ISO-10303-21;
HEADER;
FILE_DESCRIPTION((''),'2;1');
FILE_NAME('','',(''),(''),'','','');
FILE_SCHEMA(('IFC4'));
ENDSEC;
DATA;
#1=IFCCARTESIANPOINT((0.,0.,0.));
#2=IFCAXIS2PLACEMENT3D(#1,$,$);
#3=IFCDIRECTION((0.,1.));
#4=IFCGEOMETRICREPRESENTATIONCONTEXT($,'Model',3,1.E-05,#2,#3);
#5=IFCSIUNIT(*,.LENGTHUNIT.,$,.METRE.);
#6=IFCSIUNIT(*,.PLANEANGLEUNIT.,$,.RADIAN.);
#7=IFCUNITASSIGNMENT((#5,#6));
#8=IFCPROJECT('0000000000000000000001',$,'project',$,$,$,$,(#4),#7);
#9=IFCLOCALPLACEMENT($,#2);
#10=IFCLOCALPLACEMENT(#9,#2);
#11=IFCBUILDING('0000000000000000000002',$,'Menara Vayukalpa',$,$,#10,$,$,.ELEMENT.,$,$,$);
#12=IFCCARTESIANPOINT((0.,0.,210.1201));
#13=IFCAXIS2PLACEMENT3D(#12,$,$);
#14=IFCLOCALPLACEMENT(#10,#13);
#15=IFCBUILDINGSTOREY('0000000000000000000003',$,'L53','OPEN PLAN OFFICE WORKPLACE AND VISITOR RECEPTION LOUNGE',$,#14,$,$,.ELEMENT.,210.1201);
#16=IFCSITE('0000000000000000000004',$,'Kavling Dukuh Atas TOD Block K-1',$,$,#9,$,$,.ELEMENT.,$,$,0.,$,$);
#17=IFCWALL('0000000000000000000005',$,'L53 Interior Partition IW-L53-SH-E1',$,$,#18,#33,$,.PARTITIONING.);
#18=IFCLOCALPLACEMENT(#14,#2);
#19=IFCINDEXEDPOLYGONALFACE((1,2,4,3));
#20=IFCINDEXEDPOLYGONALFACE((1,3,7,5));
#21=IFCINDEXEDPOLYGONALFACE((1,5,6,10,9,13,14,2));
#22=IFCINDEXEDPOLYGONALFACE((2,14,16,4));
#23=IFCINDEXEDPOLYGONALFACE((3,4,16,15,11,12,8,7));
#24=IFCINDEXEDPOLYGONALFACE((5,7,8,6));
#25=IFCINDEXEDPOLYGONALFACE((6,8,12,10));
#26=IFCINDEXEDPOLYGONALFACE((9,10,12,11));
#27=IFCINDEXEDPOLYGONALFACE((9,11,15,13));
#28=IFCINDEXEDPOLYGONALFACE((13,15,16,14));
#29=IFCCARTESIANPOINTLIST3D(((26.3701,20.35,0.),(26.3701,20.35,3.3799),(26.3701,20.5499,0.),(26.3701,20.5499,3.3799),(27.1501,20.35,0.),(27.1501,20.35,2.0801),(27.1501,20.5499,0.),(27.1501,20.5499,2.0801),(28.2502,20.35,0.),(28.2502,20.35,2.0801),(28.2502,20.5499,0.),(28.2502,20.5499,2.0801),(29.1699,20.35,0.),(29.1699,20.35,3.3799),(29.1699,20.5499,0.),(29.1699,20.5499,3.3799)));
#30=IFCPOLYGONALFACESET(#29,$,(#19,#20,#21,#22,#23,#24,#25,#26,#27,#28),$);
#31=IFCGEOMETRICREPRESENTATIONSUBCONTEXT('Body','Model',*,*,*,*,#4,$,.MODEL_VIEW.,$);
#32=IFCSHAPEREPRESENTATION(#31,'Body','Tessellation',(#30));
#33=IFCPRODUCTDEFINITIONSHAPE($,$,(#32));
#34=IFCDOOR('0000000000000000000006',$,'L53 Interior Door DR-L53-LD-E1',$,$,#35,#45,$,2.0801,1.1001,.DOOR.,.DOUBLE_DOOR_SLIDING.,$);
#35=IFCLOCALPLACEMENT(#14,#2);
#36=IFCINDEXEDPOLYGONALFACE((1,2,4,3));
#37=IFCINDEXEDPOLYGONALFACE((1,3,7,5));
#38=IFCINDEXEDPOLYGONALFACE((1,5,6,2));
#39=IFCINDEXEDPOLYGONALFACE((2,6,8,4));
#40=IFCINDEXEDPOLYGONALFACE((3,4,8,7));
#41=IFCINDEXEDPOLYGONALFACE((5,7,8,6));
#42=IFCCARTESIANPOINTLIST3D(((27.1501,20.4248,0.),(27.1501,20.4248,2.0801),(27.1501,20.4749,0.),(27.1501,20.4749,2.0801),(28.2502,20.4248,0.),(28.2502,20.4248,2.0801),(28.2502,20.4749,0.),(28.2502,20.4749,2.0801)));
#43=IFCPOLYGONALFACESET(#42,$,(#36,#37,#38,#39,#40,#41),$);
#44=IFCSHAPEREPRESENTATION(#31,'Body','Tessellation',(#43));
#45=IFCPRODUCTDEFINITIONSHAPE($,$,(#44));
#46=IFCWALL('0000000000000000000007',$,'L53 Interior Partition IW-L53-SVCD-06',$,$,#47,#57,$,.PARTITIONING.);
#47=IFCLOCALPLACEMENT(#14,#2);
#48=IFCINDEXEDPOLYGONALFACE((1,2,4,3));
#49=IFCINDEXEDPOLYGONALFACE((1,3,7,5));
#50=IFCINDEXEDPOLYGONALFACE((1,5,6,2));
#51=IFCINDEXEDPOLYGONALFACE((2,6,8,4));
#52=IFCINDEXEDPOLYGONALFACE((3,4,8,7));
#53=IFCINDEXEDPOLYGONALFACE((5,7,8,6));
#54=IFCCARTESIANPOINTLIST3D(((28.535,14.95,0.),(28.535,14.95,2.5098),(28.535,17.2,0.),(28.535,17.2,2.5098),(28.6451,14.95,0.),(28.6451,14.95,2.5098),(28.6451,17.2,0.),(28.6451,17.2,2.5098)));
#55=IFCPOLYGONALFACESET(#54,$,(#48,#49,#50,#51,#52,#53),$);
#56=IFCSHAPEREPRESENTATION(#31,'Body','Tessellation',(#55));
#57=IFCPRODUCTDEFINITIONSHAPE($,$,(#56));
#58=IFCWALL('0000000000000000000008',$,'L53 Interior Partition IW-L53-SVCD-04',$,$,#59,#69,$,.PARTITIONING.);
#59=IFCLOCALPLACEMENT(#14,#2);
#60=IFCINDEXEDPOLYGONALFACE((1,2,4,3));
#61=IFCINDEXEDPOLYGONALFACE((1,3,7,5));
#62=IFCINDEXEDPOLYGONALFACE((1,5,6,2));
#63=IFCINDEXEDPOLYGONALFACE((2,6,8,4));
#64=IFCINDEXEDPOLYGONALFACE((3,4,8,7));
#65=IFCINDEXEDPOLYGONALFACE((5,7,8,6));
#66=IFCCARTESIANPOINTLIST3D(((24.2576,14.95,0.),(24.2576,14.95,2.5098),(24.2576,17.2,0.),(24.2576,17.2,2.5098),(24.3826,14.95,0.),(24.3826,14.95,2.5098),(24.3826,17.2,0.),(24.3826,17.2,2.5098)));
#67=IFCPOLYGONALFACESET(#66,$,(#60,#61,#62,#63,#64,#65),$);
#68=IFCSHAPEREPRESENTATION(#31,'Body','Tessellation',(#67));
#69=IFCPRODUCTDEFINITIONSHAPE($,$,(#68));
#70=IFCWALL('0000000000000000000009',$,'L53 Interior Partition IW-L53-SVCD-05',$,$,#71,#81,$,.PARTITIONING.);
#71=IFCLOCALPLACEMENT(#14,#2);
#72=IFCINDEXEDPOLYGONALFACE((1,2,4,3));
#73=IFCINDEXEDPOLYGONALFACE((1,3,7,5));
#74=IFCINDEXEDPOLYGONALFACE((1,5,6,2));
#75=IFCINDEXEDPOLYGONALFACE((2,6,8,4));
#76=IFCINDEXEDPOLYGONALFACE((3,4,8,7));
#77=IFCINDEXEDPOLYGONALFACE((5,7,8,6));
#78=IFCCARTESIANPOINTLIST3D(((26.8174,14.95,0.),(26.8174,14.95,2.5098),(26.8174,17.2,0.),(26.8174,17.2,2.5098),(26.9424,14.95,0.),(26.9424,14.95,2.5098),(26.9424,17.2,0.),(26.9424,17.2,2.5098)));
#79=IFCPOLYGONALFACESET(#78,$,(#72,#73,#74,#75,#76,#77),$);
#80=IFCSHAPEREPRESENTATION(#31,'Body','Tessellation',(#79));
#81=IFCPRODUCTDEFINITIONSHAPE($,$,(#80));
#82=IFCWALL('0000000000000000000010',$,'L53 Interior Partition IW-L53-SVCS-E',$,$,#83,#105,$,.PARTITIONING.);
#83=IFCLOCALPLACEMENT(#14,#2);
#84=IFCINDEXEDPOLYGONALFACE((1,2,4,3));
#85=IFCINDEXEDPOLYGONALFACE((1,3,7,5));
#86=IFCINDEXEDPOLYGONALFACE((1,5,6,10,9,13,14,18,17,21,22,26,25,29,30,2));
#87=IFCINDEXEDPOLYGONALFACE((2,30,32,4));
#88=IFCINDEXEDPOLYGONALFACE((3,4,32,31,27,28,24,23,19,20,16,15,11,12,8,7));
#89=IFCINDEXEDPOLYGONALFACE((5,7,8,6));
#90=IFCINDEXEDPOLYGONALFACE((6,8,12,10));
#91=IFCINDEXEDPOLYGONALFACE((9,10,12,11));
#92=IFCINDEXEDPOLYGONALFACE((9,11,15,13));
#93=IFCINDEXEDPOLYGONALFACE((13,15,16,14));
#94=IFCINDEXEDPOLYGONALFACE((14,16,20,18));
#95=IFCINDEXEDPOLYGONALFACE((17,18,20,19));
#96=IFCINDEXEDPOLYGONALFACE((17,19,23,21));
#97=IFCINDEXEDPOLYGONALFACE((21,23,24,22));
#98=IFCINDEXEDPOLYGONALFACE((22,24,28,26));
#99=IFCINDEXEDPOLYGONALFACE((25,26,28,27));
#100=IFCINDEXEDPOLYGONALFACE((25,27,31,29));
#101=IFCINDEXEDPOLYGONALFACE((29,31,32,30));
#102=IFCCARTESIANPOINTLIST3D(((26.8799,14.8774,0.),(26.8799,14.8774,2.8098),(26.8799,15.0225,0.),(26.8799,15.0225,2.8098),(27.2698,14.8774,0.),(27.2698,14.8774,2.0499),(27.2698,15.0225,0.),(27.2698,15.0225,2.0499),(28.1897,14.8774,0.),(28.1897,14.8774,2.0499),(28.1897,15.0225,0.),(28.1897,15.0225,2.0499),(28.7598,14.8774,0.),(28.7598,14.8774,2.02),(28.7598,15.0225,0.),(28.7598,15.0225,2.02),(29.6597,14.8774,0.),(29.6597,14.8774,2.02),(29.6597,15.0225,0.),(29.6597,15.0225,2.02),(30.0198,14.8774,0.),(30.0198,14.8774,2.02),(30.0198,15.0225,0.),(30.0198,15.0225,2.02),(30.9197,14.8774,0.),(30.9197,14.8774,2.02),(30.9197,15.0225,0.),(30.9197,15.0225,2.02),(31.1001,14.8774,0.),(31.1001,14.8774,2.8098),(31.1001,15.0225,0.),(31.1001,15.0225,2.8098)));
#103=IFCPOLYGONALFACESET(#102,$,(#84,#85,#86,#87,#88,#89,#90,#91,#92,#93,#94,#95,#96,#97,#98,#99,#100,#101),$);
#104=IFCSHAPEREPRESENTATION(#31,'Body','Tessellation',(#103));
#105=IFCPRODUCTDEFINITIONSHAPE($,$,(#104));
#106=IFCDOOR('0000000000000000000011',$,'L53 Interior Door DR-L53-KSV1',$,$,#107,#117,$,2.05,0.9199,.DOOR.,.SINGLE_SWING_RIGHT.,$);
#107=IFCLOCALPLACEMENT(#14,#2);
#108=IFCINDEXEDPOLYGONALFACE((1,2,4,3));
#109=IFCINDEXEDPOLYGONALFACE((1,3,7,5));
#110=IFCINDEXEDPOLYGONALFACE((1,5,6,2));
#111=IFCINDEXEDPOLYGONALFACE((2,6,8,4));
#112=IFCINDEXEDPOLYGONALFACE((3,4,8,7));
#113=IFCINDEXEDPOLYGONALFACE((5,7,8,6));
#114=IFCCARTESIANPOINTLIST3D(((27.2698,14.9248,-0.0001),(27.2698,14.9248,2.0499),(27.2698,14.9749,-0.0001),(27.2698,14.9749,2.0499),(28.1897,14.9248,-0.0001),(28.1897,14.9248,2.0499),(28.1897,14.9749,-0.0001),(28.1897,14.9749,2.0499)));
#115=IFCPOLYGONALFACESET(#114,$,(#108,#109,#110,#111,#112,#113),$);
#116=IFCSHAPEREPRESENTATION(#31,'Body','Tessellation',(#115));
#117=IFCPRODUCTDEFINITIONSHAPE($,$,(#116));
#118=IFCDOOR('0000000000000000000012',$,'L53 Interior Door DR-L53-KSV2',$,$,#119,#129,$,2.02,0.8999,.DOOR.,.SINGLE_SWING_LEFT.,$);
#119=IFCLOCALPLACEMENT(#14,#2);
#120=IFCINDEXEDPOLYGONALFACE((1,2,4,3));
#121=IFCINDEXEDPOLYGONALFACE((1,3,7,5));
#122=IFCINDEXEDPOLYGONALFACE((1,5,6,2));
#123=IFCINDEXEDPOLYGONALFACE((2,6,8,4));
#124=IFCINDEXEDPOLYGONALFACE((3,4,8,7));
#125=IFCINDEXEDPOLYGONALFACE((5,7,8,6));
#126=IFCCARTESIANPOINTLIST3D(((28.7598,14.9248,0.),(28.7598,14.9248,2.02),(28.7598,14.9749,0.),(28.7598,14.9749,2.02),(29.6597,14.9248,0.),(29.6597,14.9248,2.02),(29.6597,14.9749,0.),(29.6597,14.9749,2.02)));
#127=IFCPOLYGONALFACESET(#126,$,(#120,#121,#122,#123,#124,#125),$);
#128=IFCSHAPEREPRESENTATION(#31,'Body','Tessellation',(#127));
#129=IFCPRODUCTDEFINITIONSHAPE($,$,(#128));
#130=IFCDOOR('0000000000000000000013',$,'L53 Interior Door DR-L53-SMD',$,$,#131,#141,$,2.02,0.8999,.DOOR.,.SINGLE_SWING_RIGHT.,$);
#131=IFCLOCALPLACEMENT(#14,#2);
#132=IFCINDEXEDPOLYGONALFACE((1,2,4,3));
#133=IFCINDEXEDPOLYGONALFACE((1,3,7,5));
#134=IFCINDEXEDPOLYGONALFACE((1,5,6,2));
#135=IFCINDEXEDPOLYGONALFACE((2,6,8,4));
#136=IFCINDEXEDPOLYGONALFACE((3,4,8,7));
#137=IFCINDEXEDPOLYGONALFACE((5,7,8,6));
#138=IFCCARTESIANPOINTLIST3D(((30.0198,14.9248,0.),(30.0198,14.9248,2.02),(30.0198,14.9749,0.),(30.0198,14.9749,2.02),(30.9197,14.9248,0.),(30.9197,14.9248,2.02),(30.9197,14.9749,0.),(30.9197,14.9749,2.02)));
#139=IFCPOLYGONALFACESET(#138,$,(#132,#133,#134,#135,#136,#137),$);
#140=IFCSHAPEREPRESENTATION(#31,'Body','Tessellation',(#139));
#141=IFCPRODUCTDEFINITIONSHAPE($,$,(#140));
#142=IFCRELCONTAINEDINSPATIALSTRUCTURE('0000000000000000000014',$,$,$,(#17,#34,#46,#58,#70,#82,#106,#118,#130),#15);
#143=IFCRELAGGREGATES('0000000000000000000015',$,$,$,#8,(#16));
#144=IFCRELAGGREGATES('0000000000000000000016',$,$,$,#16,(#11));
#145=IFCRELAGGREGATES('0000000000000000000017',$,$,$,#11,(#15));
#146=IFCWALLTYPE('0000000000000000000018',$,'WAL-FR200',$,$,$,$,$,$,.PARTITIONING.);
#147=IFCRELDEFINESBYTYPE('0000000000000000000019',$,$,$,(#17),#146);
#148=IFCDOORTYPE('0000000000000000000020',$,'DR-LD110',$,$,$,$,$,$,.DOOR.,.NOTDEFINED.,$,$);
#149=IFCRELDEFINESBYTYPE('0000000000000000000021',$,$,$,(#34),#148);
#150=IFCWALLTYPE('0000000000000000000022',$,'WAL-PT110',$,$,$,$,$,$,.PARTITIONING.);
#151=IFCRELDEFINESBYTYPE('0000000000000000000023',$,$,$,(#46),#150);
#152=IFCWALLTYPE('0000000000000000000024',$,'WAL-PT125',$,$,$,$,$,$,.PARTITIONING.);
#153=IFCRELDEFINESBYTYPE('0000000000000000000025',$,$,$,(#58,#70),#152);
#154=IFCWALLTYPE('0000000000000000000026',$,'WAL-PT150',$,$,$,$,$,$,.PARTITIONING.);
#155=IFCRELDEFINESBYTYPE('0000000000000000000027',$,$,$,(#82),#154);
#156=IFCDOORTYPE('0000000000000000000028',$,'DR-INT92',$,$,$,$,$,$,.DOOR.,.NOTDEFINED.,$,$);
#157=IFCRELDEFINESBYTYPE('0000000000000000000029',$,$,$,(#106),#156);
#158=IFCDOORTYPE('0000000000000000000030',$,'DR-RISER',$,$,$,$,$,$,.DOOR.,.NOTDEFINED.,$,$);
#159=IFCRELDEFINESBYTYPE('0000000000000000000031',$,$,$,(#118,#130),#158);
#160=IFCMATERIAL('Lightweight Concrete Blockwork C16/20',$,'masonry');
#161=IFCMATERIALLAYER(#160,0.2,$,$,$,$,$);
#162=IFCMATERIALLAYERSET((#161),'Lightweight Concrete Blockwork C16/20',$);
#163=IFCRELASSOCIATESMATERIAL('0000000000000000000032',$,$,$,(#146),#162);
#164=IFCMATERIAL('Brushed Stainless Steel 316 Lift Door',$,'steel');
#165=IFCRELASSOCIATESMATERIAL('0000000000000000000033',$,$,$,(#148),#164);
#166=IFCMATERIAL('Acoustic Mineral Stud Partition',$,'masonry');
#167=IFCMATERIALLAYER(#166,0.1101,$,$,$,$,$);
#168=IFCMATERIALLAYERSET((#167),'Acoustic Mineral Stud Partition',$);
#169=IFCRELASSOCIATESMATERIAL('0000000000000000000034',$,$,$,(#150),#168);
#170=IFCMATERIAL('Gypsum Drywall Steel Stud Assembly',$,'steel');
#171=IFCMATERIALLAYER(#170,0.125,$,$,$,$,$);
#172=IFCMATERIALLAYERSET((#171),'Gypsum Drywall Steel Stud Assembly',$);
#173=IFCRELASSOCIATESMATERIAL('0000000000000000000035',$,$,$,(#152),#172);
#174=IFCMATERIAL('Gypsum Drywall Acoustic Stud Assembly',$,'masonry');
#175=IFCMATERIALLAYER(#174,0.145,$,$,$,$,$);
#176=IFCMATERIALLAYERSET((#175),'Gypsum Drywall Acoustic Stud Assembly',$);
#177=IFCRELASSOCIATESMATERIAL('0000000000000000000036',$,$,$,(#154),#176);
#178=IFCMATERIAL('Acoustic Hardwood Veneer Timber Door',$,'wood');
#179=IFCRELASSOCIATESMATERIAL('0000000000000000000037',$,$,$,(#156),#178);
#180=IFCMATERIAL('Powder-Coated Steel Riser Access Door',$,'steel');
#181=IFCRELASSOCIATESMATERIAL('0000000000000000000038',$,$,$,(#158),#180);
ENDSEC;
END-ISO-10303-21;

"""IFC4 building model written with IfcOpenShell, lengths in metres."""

from ifc_helpers import new_model, si_unit, direction, frame, frame_2d, origin, place, context, subcontext, project, spatial, rectangle, extrude, material, layer, layer_set, type_object, element, fill, save


model = new_model("IFC4")

# Units and contexts
model_context = context("Model", 3, precision=1e-05, world=origin(), true_north=direction((0.0, 1.0)))
body_context = subcontext(model_context, "Body", "Model", "MODEL_VIEW")
ifc_project = project(units=[si_unit("LENGTHUNIT", "METRE"), si_unit("PLANEANGLEUNIT", "RADIAN")], contexts=[model_context])

# Site, building, storey
site_placement = place(None, origin())
site = spatial("IfcSite", under=ifc_project, at=site_placement, Name="Kavling Dukuh Atas TOD Block K-1", CompositionType="ELEMENT", RefElevation=0.0)
building_placement = place(site_placement, origin())
building = spatial("IfcBuilding", under=site, at=building_placement, Name="Menara Vayukalpa", CompositionType="ELEMENT")
storey_placement = place(building_placement, frame((0.0, 0.0, 210.1201)))
storey = spatial("IfcBuildingStorey", under=building, at=storey_placement, Name="L53", Description="OPEN PLAN OFFICE WORKPLACE AND VISITOR RECEPTION LOUNGE", CompositionType="ELEMENT", Elevation=210.1201)

# Wall, opening, door
ifc_material_1 = material(Name="Lightweight Concrete Blockwork C16/20", Category="masonry")
ifc_layer_1 = layer(ifc_material_1, 0.2)
ifc_layer_set_1 = layer_set([ifc_layer_1], Name="Lightweight Concrete Blockwork C16/20")
wall_type_1 = type_object("IfcWallType", Name="WAL-FR200", PredefinedType="PARTITIONING", material=ifc_layer_set_1)
wall_1_placement = place(storey_placement, frame((26.3701, 20.45, 0.0), z_axis=(0.0, 0.0, 1.0), x_axis=(1.0, 0.0, 0.0)))
wall_1 = element("IfcWall", 1, at=wall_1_placement, inside=storey, type_object=wall_type_1, Name="L53 Interior Partition IW-L53-SH-E1", PredefinedType="PARTITIONING", context=body_context, shape_type="SweptSolid", body=[
    extrude(rectangle(XDim=2.7998, YDim=0.2, at=frame_2d((1.3999, 0.0))), origin(), (0.0, 0.0, 1.0), 3.3799),
])
opening_1_placement = place(wall_1_placement, frame((0.78, 0.0, 0.0)))
opening_1 = element("IfcOpeningElement", 2, at=opening_1_placement, cuts=wall_1, PredefinedType="OPENING", context=body_context, shape_type="SweptSolid", body=[
    extrude(rectangle(XDim=1.1001, YDim=2.0801, at=frame_2d((0.55, 1.04))), frame((0.0, 0.1099, 0.0), z_axis=(0.0, -1.0, 0.0), x_axis=(1.0, 0.0, 0.0)), (0.0, 0.0, 1.0), 0.22),
])
ifc_material_2 = material(Name="Brushed Stainless Steel 316 Lift Door", Category="steel")
door_type_1 = type_object("IfcDoorType", Name="DR-LD110", OperationType="NOTDEFINED", PredefinedType="DOOR", material=ifc_material_2)
door_1_placement = place(opening_1_placement, origin())
door_1 = element("IfcDoor", 3, at=door_1_placement, inside=storey, type_object=door_type_1, Name="L53 Interior Door DR-L53-LD-E1", OperationType="DOUBLE_DOOR_SLIDING", OverallHeight=2.0801, OverallWidth=1.1001, PredefinedType="DOOR", context=body_context, shape_type="SweptSolid", body=[
    extrude(rectangle(XDim=1.1001, YDim=2.0801, at=frame_2d((0.55, 1.04))), frame((0.0, 0.0249, 0.0), z_axis=(0.0, -1.0, 0.0), x_axis=(1.0, 0.0, 0.0)), (0.0, 0.0, 1.0), 0.05),
])
fill(opening_1, door_1)

# Walls
ifc_material_3 = material(Name="Acoustic Mineral Stud Partition", Category="masonry")
ifc_layer_2 = layer(ifc_material_3, 0.1101)
ifc_layer_set_2 = layer_set([ifc_layer_2], Name="Acoustic Mineral Stud Partition")
wall_type_2 = type_object("IfcWallType", Name="WAL-PT110", PredefinedType="PARTITIONING", material=ifc_layer_set_2)
wall_2_placement = place(storey_placement, frame((28.5901, 14.95, 0.0), z_axis=(0.0, 0.0, 1.0), x_axis=(0.0, 1.0, 0.0)))
element("IfcWall", 4, at=wall_2_placement, inside=storey, type_object=wall_type_2, Name="L53 Interior Partition IW-L53-SVCD-06", PredefinedType="PARTITIONING", context=body_context, shape_type="SweptSolid", body=[
    extrude(rectangle(XDim=2.25, YDim=0.1101, at=frame_2d((1.125, 0.0))), origin(), (0.0, 0.0, 1.0), 2.5098),
])
ifc_material_4 = material(Name="Gypsum Drywall Steel Stud Assembly", Category="steel")
ifc_layer_3 = layer(ifc_material_4, 0.125)
ifc_layer_set_3 = layer_set([ifc_layer_3], Name="Gypsum Drywall Steel Stud Assembly")
wall_type_3 = type_object("IfcWallType", Name="WAL-PT125", PredefinedType="PARTITIONING", material=ifc_layer_set_3)
for number, where, z_axis, x_axis, name in (
    (5, (24.3201, 14.95, 0.0), (0.0, 0.0, 1.0), (0.0, 1.0, 0.0), "L53 Interior Partition IW-L53-SVCD-04"),
    (6, (26.8799, 14.95, 0.0), (0.0, 0.0, 1.0), (0.0, 1.0, 0.0), "L53 Interior Partition IW-L53-SVCD-05"),
):
    element("IfcWall", number, at=place(storey_placement, frame(where, z_axis=z_axis, x_axis=x_axis)), inside=storey, type_object=wall_type_3, Name=name, PredefinedType="PARTITIONING", context=body_context, shape_type="SweptSolid", body=[
        extrude(rectangle(XDim=2.25, YDim=0.125, at=frame_2d((1.125, 0.0))), origin(), (0.0, 0.0, 1.0), 2.5098),
    ])

# Wall, openings, doors
ifc_material_5 = material(Name="Gypsum Drywall Acoustic Stud Assembly", Category="masonry")
ifc_layer_4 = layer(ifc_material_5, 0.145)
ifc_layer_set_4 = layer_set([ifc_layer_4], Name="Gypsum Drywall Acoustic Stud Assembly")
wall_type_4 = type_object("IfcWallType", Name="WAL-PT150", PredefinedType="PARTITIONING", material=ifc_layer_set_4)
wall_3_placement = place(storey_placement, frame((26.8799, 14.95, 0.0), z_axis=(0.0, 0.0, 1.0), x_axis=(1.0, 0.0, 0.0)))
wall_3 = element("IfcWall", 7, at=wall_3_placement, inside=storey, type_object=wall_type_4, Name="L53 Interior Partition IW-L53-SVCS-E", PredefinedType="PARTITIONING", context=body_context, shape_type="SweptSolid", body=[
    extrude(rectangle(XDim=4.2202, YDim=0.145, at=frame_2d((2.1101, 0.0))), origin(), (0.0, 0.0, 1.0), 2.8098),
])
opening_2_placement = place(wall_3_placement, frame((0.3899, 0.0, 0.0)))
opening_2 = element("IfcOpeningElement", 8, at=opening_2_placement, cuts=wall_3, PredefinedType="OPENING", context=body_context, shape_type="SweptSolid", body=[
    extrude(rectangle(XDim=0.9199, YDim=2.05, at=frame_2d((0.46, 1.0249))), frame((0.0, 0.0825, 0.0), z_axis=(0.0, -1.0, 0.0), x_axis=(1.0, 0.0, 0.0)), (0.0, 0.0, 1.0), 0.165),
])
opening_3_placement = place(wall_3_placement, frame((1.8799, 0.0, 0.0)))
opening_3 = element("IfcOpeningElement", 9, at=opening_3_placement, cuts=wall_3, PredefinedType="OPENING", context=body_context, shape_type="SweptSolid", body=[
    extrude(rectangle(XDim=0.8999, YDim=2.02, at=frame_2d((0.45, 1.01))), frame((0.0, 0.0825, 0.0), z_axis=(0.0, -1.0, 0.0), x_axis=(1.0, 0.0, 0.0)), (0.0, 0.0, 1.0), 0.165),
])
opening_4_placement = place(wall_3_placement, frame((3.1399, 0.0, 0.0)))
opening_4 = element("IfcOpeningElement", 10, at=opening_4_placement, cuts=wall_3, PredefinedType="OPENING", context=body_context, shape_type="SweptSolid", body=[
    extrude(rectangle(XDim=0.8999, YDim=2.02, at=frame_2d((0.45, 1.01))), frame((0.0, 0.0825, 0.0), z_axis=(0.0, -1.0, 0.0), x_axis=(1.0, 0.0, 0.0)), (0.0, 0.0, 1.0), 0.165),
])
ifc_material_6 = material(Name="Acoustic Hardwood Veneer Timber Door", Category="wood")
door_type_2 = type_object("IfcDoorType", Name="DR-INT92", OperationType="NOTDEFINED", PredefinedType="DOOR", material=ifc_material_6)
door_2_placement = place(opening_2_placement, origin())
door_2 = element("IfcDoor", 11, at=door_2_placement, inside=storey, type_object=door_type_2, Name="L53 Interior Door DR-L53-KSV1", OperationType="SINGLE_SWING_RIGHT", OverallHeight=2.05, OverallWidth=0.9199, PredefinedType="DOOR", context=body_context, shape_type="SweptSolid", body=[
    extrude(rectangle(XDim=0.9199, YDim=2.05, at=frame_2d((0.46, 1.0249))), frame((0.0, 0.0249, 0.0), z_axis=(0.0, -1.0, 0.0), x_axis=(1.0, 0.0, 0.0)), (0.0, 0.0, 1.0), 0.05),
])
fill(opening_2, door_2)
ifc_material_7 = material(Name="Powder-Coated Steel Riser Access Door", Category="steel")
door_type_3 = type_object("IfcDoorType", Name="DR-RISER", OperationType="NOTDEFINED", PredefinedType="DOOR", material=ifc_material_7)
door_3_placement = place(opening_3_placement, origin())
door_3 = element("IfcDoor", 12, at=door_3_placement, inside=storey, type_object=door_type_3, Name="L53 Interior Door DR-L53-KSV2", OperationType="SINGLE_SWING_LEFT", OverallHeight=2.02, OverallWidth=0.8999, PredefinedType="DOOR", context=body_context, shape_type="SweptSolid", body=[
    extrude(rectangle(XDim=0.8999, YDim=2.02, at=frame_2d((0.45, 1.01))), frame((0.0, 0.0249, 0.0), z_axis=(0.0, -1.0, 0.0), x_axis=(1.0, 0.0, 0.0)), (0.0, 0.0, 1.0), 0.05),
])
fill(opening_3, door_3)
door_4_placement = place(opening_4_placement, origin())
door_4 = element("IfcDoor", 13, at=door_4_placement, inside=storey, type_object=door_type_3, Name="L53 Interior Door DR-L53-SMD", OperationType="SINGLE_SWING_RIGHT", OverallHeight=2.02, OverallWidth=0.8999, PredefinedType="DOOR", context=body_context, shape_type="SweptSolid", body=[
    extrude(rectangle(XDim=0.8999, YDim=2.02, at=frame_2d((0.45, 1.01))), frame((0.0, 0.0249, 0.0), z_axis=(0.0, -1.0, 0.0), x_axis=(1.0, 0.0, 0.0)), (0.0, 0.0, 1.0), 0.05),
])
fill(opening_4, door_4)

save(model, "model.ifc")
